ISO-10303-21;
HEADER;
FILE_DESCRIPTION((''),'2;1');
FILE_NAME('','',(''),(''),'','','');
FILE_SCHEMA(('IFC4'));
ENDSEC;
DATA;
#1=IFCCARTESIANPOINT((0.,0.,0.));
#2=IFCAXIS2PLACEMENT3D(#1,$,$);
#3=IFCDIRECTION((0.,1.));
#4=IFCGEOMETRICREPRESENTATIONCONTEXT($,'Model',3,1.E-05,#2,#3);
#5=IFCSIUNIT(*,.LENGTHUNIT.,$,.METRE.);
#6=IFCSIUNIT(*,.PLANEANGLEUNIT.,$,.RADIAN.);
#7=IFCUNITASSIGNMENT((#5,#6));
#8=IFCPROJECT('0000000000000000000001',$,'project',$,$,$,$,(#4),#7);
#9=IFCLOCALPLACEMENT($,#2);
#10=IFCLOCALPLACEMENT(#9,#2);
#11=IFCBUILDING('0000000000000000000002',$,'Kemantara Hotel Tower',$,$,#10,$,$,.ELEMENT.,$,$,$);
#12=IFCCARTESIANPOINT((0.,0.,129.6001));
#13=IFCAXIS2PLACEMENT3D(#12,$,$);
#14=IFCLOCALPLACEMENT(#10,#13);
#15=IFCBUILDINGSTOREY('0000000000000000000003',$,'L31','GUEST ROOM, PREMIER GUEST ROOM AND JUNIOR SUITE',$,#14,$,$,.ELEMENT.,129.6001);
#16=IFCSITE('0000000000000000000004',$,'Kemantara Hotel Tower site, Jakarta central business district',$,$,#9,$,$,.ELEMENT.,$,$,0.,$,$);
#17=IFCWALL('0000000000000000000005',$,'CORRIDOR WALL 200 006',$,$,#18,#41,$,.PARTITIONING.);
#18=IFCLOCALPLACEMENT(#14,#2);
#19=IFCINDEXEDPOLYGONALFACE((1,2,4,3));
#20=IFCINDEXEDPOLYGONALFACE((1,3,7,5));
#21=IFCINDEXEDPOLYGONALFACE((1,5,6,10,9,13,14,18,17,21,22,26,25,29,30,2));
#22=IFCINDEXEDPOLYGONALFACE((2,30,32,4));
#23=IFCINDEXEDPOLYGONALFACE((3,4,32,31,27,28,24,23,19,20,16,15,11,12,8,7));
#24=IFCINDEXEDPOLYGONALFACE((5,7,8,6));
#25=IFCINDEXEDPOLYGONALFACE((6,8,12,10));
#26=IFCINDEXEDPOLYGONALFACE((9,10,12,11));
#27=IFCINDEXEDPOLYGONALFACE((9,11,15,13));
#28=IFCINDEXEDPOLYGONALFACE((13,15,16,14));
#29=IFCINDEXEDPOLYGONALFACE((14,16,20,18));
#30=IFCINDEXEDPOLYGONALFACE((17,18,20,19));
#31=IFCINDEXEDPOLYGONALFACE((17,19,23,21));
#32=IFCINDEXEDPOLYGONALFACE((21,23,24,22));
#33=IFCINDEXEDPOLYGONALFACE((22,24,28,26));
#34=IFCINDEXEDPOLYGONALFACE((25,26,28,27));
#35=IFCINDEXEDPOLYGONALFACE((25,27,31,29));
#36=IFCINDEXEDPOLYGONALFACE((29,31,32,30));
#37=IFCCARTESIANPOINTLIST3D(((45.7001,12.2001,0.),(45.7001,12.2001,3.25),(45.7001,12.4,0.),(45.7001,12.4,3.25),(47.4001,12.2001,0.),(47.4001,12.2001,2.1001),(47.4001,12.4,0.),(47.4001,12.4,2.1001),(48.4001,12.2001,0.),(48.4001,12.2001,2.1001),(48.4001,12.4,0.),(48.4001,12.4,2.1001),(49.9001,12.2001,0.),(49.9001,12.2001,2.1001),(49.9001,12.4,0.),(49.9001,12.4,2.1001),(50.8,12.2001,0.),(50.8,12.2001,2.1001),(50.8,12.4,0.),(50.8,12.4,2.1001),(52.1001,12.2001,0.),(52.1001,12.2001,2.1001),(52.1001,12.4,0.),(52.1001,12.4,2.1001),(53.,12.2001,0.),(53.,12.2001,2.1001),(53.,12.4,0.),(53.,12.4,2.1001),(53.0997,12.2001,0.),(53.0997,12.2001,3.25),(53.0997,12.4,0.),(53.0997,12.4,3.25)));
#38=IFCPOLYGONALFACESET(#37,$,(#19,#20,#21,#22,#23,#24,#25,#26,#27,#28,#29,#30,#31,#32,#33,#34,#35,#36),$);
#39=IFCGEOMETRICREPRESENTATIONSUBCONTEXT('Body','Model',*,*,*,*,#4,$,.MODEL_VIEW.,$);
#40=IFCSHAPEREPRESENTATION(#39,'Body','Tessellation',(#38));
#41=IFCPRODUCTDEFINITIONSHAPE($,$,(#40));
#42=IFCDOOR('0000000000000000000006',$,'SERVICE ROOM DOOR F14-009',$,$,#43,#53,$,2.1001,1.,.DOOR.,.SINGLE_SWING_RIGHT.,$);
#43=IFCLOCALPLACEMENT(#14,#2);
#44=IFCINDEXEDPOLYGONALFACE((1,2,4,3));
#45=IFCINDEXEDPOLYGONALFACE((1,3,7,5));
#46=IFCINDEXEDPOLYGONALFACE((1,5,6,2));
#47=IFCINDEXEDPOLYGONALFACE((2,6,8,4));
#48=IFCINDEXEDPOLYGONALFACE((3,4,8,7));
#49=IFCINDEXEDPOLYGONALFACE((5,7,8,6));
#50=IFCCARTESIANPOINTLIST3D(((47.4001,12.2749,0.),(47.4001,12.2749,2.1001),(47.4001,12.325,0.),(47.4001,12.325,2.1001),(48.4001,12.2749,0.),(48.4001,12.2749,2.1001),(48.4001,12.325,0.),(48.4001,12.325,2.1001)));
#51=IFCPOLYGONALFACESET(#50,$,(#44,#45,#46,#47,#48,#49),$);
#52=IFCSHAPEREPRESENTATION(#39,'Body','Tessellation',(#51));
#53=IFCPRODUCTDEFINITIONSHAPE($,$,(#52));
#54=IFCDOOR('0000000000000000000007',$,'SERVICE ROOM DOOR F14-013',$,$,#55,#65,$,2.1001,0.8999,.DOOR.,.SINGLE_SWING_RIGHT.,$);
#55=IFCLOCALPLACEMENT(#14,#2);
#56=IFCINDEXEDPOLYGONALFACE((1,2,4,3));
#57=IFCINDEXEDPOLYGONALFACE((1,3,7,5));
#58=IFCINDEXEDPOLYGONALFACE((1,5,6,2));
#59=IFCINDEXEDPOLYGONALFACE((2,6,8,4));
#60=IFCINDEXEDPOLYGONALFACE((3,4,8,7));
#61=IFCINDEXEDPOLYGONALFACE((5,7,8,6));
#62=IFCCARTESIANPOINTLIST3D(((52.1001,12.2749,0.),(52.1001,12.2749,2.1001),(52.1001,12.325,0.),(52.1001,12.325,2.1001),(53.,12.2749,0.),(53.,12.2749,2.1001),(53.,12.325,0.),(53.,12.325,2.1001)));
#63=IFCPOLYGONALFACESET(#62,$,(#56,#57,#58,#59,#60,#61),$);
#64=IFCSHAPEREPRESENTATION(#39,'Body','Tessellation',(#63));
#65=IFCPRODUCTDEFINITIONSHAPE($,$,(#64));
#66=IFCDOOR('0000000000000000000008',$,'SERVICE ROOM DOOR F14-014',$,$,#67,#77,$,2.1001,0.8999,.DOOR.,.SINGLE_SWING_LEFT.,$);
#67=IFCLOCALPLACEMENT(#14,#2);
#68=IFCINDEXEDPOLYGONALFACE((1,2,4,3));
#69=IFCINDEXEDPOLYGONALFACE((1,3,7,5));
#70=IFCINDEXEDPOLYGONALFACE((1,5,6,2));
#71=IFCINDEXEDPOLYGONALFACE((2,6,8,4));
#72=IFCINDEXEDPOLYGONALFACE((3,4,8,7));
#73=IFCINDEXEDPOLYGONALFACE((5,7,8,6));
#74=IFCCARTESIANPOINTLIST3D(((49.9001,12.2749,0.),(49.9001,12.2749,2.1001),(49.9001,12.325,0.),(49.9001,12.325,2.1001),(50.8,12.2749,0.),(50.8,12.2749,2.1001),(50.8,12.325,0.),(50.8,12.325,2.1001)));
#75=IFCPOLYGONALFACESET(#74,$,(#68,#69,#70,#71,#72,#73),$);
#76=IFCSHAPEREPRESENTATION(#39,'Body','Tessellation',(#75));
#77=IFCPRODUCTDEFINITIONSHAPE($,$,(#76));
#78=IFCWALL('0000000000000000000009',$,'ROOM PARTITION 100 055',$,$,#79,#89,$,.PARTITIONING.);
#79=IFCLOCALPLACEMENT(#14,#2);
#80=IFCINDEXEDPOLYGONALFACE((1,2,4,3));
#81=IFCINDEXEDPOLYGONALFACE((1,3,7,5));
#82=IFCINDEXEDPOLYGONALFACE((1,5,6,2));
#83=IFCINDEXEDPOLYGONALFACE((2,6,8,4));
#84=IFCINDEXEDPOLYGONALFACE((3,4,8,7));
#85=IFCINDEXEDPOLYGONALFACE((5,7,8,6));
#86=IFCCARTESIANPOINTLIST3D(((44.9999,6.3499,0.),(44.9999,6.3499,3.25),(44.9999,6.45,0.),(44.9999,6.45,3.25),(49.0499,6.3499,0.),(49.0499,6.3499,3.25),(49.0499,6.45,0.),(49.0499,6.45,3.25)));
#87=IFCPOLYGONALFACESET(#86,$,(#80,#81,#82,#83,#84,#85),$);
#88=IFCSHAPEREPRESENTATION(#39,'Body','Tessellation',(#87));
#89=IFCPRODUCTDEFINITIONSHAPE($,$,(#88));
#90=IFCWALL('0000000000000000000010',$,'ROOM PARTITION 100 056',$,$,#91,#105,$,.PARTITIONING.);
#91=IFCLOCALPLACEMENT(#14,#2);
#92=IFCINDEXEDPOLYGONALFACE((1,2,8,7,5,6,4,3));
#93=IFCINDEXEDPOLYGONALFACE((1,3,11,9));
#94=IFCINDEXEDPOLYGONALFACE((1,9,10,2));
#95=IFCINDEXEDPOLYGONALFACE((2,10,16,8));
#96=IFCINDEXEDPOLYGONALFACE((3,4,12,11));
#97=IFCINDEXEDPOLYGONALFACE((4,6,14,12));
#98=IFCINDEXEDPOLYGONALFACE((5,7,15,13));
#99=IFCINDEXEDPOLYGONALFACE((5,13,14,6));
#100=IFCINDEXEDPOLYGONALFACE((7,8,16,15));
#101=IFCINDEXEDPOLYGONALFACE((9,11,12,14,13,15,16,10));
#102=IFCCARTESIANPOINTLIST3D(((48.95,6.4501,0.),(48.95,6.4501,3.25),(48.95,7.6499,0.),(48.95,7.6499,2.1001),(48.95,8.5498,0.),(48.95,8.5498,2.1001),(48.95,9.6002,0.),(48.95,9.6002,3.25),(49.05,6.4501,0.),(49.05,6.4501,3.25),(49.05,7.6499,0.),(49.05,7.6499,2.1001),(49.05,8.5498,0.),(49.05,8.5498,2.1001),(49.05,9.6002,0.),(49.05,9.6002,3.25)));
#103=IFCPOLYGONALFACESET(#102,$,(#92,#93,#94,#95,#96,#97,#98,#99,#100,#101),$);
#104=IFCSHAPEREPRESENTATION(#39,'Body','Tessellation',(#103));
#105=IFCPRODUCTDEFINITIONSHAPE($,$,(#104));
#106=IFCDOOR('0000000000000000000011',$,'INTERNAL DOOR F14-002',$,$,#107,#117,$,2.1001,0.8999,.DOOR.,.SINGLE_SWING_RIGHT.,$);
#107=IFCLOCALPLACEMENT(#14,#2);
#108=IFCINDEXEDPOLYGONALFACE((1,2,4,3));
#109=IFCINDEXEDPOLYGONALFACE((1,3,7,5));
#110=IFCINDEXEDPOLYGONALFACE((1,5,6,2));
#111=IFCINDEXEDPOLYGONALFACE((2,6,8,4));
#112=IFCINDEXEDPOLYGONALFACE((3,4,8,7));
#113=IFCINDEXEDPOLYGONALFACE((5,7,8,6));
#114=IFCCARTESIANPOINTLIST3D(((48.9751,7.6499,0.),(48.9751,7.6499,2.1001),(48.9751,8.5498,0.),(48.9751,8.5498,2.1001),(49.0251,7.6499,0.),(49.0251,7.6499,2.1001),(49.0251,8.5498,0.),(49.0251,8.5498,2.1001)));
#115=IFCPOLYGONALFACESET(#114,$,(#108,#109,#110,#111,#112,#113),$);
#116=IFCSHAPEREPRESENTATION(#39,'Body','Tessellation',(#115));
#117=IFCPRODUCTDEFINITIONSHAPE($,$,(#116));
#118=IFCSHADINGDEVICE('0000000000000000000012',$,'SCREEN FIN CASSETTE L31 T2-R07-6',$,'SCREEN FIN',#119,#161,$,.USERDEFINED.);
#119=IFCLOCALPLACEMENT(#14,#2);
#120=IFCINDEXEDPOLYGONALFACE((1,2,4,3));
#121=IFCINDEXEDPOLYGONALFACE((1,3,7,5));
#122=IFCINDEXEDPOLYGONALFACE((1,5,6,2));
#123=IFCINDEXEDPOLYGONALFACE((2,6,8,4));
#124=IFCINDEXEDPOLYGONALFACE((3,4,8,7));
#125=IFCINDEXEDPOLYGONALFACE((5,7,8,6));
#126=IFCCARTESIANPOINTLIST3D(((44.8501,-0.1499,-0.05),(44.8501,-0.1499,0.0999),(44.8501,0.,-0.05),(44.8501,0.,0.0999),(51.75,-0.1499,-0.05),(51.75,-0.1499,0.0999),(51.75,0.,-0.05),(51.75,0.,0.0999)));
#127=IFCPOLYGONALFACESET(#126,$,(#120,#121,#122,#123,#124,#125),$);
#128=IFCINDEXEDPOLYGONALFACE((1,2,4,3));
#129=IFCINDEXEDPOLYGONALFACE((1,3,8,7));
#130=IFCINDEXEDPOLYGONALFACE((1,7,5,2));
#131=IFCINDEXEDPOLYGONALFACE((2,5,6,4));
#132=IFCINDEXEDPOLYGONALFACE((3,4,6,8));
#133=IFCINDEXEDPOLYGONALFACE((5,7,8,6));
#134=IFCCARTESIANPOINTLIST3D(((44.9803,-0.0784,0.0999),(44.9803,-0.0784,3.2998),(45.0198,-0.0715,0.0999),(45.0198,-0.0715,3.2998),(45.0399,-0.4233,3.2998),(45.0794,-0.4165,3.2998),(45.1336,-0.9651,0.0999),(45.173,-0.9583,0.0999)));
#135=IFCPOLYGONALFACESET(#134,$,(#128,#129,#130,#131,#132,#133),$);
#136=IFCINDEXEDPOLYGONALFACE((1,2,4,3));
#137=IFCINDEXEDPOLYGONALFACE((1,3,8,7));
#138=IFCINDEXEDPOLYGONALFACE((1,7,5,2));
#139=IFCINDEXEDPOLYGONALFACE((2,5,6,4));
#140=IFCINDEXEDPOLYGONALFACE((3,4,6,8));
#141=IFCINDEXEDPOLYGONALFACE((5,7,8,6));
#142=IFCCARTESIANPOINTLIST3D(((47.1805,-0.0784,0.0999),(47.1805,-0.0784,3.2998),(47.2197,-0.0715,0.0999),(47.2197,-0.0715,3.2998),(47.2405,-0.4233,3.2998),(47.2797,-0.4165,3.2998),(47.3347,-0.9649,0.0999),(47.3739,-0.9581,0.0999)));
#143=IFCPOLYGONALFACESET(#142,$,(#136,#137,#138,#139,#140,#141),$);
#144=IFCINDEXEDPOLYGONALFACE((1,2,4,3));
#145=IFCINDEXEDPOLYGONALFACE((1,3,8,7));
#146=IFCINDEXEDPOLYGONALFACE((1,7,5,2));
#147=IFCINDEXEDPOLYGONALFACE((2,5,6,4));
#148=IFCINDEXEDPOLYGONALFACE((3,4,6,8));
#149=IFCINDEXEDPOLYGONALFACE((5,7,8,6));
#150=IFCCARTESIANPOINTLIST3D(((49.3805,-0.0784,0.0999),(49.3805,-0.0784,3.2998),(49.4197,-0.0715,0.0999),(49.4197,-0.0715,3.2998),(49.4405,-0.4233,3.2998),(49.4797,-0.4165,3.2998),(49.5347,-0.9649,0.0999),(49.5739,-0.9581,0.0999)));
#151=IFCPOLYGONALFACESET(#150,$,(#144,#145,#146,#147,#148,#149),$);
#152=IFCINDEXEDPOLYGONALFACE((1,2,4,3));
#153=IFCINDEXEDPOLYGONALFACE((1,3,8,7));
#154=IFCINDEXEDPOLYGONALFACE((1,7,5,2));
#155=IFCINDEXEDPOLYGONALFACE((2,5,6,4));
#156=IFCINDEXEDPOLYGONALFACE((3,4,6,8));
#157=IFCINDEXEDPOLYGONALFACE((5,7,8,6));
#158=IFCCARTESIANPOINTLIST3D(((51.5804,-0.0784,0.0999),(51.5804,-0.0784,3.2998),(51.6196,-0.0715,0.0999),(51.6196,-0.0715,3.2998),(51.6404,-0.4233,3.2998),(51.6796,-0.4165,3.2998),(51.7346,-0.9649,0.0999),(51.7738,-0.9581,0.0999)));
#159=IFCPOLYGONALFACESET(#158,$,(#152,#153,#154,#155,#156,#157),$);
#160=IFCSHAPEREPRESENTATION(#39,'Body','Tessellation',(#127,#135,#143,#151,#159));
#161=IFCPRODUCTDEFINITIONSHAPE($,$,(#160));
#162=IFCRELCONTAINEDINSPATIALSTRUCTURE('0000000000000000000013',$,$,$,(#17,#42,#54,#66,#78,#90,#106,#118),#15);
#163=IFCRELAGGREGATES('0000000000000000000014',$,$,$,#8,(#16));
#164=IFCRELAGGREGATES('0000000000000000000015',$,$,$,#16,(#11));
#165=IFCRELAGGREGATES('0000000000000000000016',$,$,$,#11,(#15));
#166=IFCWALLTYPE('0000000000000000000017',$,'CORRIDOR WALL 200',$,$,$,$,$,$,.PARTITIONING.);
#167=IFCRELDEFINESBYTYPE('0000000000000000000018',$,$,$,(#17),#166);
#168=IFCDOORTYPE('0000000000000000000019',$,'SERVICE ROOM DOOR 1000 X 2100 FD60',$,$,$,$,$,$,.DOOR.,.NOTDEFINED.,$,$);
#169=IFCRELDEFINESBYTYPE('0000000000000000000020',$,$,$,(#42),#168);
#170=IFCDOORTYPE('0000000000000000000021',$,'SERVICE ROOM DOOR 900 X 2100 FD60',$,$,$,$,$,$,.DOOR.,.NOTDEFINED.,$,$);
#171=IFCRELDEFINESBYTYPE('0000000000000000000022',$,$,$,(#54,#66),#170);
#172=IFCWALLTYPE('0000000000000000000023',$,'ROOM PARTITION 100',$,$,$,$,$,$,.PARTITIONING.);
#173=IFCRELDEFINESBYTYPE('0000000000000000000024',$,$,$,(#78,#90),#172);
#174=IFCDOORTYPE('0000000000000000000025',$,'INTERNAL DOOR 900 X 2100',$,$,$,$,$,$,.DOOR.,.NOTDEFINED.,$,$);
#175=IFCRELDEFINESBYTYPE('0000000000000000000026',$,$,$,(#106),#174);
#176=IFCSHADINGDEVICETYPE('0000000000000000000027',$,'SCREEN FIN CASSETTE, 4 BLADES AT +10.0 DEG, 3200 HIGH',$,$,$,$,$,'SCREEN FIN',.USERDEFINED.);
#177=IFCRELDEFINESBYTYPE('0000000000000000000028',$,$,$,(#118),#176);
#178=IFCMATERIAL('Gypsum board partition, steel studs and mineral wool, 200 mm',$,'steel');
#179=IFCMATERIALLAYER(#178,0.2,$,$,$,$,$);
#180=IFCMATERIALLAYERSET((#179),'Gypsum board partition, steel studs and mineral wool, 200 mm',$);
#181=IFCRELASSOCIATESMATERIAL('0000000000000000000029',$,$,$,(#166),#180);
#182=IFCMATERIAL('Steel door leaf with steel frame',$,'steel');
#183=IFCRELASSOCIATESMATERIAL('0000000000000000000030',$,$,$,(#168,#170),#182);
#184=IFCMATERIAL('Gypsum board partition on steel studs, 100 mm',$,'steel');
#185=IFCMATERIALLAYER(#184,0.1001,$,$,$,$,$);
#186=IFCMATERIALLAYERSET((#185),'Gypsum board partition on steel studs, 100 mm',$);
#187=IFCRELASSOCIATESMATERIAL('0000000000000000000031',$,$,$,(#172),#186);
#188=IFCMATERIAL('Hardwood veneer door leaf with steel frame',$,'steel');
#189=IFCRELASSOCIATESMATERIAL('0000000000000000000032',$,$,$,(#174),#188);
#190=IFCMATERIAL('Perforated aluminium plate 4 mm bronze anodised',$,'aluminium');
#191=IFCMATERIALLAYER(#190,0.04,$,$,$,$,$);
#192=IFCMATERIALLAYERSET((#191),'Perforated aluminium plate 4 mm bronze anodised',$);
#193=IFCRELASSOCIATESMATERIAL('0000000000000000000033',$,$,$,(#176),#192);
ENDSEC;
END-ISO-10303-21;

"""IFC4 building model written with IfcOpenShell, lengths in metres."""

from ifc_helpers import new_model, si_unit, direction, frame, frame_2d, origin, origin_2d, place, context, subcontext, project, spatial, polyline, rectangle, outline, extrude, source, transform, mapped, material, layer, layer_set, type_object, element, fill, save


model = new_model("IFC4")

# Units and contexts
model_context = context("Model", 3, precision=1e-05, world=origin(), true_north=direction((0.0, 1.0)))
body_context = subcontext(model_context, "Body", "Model", "MODEL_VIEW")
ifc_project = project(units=[si_unit("LENGTHUNIT", "METRE"), si_unit("PLANEANGLEUNIT", "RADIAN")], contexts=[model_context])

# Site, building, storey
site_placement = place(None, origin())
site = spatial("IfcSite", under=ifc_project, at=site_placement, Name="Kemantara Hotel Tower site, Jakarta central business district", CompositionType="ELEMENT", RefElevation=0.0)
building_placement = place(site_placement, origin())
building = spatial("IfcBuilding", under=site, at=building_placement, Name="Kemantara Hotel Tower", CompositionType="ELEMENT")
storey_placement = place(building_placement, frame((0.0, 0.0, 129.6001)))
storey = spatial("IfcBuildingStorey", under=building, at=storey_placement, Name="L31", Description="GUEST ROOM, PREMIER GUEST ROOM AND JUNIOR SUITE", CompositionType="ELEMENT", Elevation=129.6001)

# Shared definitions
ifc_material_1 = material(Name="Gypsum board partition, steel studs and mineral wool, 200 mm", Category="steel")
ifc_layer_1 = layer(ifc_material_1, 0.2)
ifc_layer_set_1 = layer_set([ifc_layer_1], Name="Gypsum board partition, steel studs and mineral wool, 200 mm")
wall_type_1 = type_object("IfcWallType", Name="CORRIDOR WALL 200", PredefinedType="PARTITIONING", material=ifc_layer_set_1)

# Wall, openings, doors
wall_1_placement = place(storey_placement, frame((45.7002, 12.3, 0.0), z_axis=(0.0, 0.0, 1.0), x_axis=(1.0, 0.0, 0.0)))
wall_1 = element("IfcWall", 1, at=wall_1_placement, inside=storey, type_object=wall_type_1, Name="CORRIDOR WALL 200 006", PredefinedType="PARTITIONING", context=body_context, shape_type="SweptSolid", body=[
    extrude(rectangle(XDim=7.3997, YDim=0.2, at=frame_2d((3.6997, 0.0))), origin(), (0.0, 0.0, 1.0), 3.25),
])
opening_1_placement = place(wall_1_placement, frame((1.7, 0.0, 0.0)))
opening_1 = element("IfcOpeningElement", 2, at=opening_1_placement, cuts=wall_1, PredefinedType="OPENING", context=body_context, shape_type="SweptSolid", body=[
    extrude(rectangle(XDim=1.0, YDim=2.1001, at=frame_2d((0.5, 1.05))), frame((0.0, 0.1099, 0.0), z_axis=(0.0, -1.0, 0.0), x_axis=(1.0, 0.0, 0.0)), (0.0, 0.0, 1.0), 0.22),
])
opening_2_placement = place(wall_1_placement, frame((6.3999, 0.0, 0.0)))
opening_2 = element("IfcOpeningElement", 3, at=opening_2_placement, cuts=wall_1, PredefinedType="OPENING", context=body_context, shape_type="SweptSolid", body=[
    extrude(rectangle(XDim=0.8999, YDim=2.1001, at=frame_2d((0.45, 1.05))), frame((0.0, 0.1099, 0.0), z_axis=(0.0, -1.0, 0.0), x_axis=(1.0, 0.0, 0.0)), (0.0, 0.0, 1.0), 0.22),
])
opening_3_placement = place(wall_1_placement, frame((4.2, 0.0, 0.0)))
opening_3 = element("IfcOpeningElement", 4, at=opening_3_placement, cuts=wall_1, PredefinedType="OPENING", context=body_context, shape_type="SweptSolid", body=[
    extrude(rectangle(XDim=0.8999, YDim=2.1001, at=frame_2d((0.45, 1.05))), frame((0.0, 0.1099, 0.0), z_axis=(0.0, -1.0, 0.0), x_axis=(1.0, 0.0, 0.0)), (0.0, 0.0, 1.0), 0.22),
])
ifc_material_2 = material(Name="Steel door leaf with steel frame", Category="steel")
door_type_1 = type_object("IfcDoorType", Name="SERVICE ROOM DOOR 1000 X 2100 FD60", OperationType="NOTDEFINED", PredefinedType="DOOR", material=ifc_material_2)
door_1_placement = place(opening_1_placement, origin())
door_1 = element("IfcDoor", 5, at=door_1_placement, inside=storey, type_object=door_type_1, Name="SERVICE ROOM DOOR F14-009", OperationType="SINGLE_SWING_RIGHT", OverallHeight=2.1001, OverallWidth=1.0, PredefinedType="DOOR", context=body_context, shape_type="SweptSolid", body=[
    extrude(rectangle(XDim=1.0, YDim=2.1001, at=frame_2d((0.5, 1.05))), frame((0.0, 0.0249, 0.0), z_axis=(0.0, -1.0, 0.0), x_axis=(1.0, 0.0, 0.0)), (0.0, 0.0, 1.0), 0.05),
])
fill(opening_1, door_1)
door_type_2 = type_object("IfcDoorType", Name="SERVICE ROOM DOOR 900 X 2100 FD60", OperationType="NOTDEFINED", PredefinedType="DOOR", material=ifc_material_2)
door_2_placement = place(opening_2_placement, origin())
door_2 = element("IfcDoor", 6, at=door_2_placement, inside=storey, type_object=door_type_2, Name="SERVICE ROOM DOOR F14-013", OperationType="SINGLE_SWING_RIGHT", OverallHeight=2.1001, OverallWidth=0.8999, PredefinedType="DOOR", context=body_context, shape_type="SweptSolid", body=[
    extrude(rectangle(XDim=0.8999, YDim=2.1001, at=frame_2d((0.45, 1.05))), frame((0.0, 0.0249, 0.0), z_axis=(0.0, -1.0, 0.0), x_axis=(1.0, 0.0, 0.0)), (0.0, 0.0, 1.0), 0.05),
])
fill(opening_2, door_2)
door_3_placement = place(opening_3_placement, origin())
door_3 = element("IfcDoor", 7, at=door_3_placement, inside=storey, type_object=door_type_2, Name="SERVICE ROOM DOOR F14-014", OperationType="SINGLE_SWING_LEFT", OverallHeight=2.1001, OverallWidth=0.8999, PredefinedType="DOOR", context=body_context, shape_type="SweptSolid", body=[
    extrude(rectangle(XDim=0.8999, YDim=2.1001, at=frame_2d((0.45, 1.05))), frame((0.0, 0.0249, 0.0), z_axis=(0.0, -1.0, 0.0), x_axis=(1.0, 0.0, 0.0)), (0.0, 0.0, 1.0), 0.05),
])
fill(opening_3, door_3)

# Wall
ifc_material_3 = material(Name="Gypsum board partition on steel studs, 100 mm", Category="steel")
ifc_layer_2 = layer(ifc_material_3, 0.1001)
ifc_layer_set_2 = layer_set([ifc_layer_2], Name="Gypsum board partition on steel studs, 100 mm")
wall_type_2 = type_object("IfcWallType", Name="ROOM PARTITION 100", PredefinedType="PARTITIONING", material=ifc_layer_set_2)
wall_2_placement = place(storey_placement, frame((45.0, 6.3999, 0.0), z_axis=(0.0, 0.0, 1.0), x_axis=(1.0, 0.0, 0.0)))
element("IfcWall", 8, at=wall_2_placement, inside=storey, type_object=wall_type_2, Name="ROOM PARTITION 100 055", PredefinedType="PARTITIONING", context=body_context, shape_type="SweptSolid", body=[
    extrude(rectangle(XDim=4.05, YDim=0.1001, at=frame_2d((2.0249, 0.0))), origin(), (0.0, 0.0, 1.0), 3.25),
])

# Wall, opening, door
wall_3_placement = place(storey_placement, frame((49.0, 6.45, 0.0), z_axis=(0.0, 0.0, 1.0), x_axis=(0.0, 1.0, 0.0)))
wall_3 = element("IfcWall", 9, at=wall_3_placement, inside=storey, type_object=wall_type_2, Name="ROOM PARTITION 100 056", PredefinedType="PARTITIONING", context=body_context, shape_type="SweptSolid", body=[
    extrude(rectangle(XDim=3.1501, YDim=0.1001, at=frame_2d((1.5752, 0.0))), origin(), (0.0, 0.0, 1.0), 3.25),
])
opening_4_placement = place(wall_3_placement, frame((1.2, 0.0, 0.0)))
opening_4 = element("IfcOpeningElement", 10, at=opening_4_placement, cuts=wall_3, PredefinedType="OPENING", context=body_context, shape_type="SweptSolid", body=[
    extrude(rectangle(XDim=0.8999, YDim=2.1001, at=frame_2d((0.45, 1.05))), frame((0.0, 0.0601, 0.0), z_axis=(0.0, -1.0, 0.0), x_axis=(1.0, 0.0, 0.0)), (0.0, 0.0, 1.0), 0.1201),
])
ifc_material_4 = material(Name="Hardwood veneer door leaf with steel frame", Category="steel")
door_type_3 = type_object("IfcDoorType", Name="INTERNAL DOOR 900 X 2100", OperationType="NOTDEFINED", PredefinedType="DOOR", material=ifc_material_4)
door_4_placement = place(opening_4_placement, origin())
door_4 = element("IfcDoor", 11, at=door_4_placement, inside=storey, type_object=door_type_3, Name="INTERNAL DOOR F14-002", OperationType="SINGLE_SWING_RIGHT", OverallHeight=2.1001, OverallWidth=0.8999, PredefinedType="DOOR", context=body_context, shape_type="SweptSolid", body=[
    extrude(rectangle(XDim=0.8999, YDim=2.1001, at=frame_2d((0.45, 1.05))), frame((0.0, 0.0249, 0.0), z_axis=(0.0, -1.0, 0.0), x_axis=(1.0, 0.0, 0.0)), (0.0, 0.0, 1.0), 0.05),
])
fill(opening_4, door_4)

# Shading device
ifc_material_5 = material(Name="Perforated aluminium plate 4 mm bronze anodised", Category="aluminium")
ifc_layer_3 = layer(ifc_material_5, 0.04)
ifc_layer_set_3 = layer_set([ifc_layer_3], Name="Perforated aluminium plate 4 mm bronze anodised")
shading_device_type_1 = type_object("IfcShadingDeviceType", Name="SCREEN FIN CASSETTE, 4 BLADES AT +10.0 DEG, 3200 HIGH", ElementType="SCREEN FIN", PredefinedType="USERDEFINED", material=ifc_layer_set_3)
shared_shape_1 = source(origin(), body_context, "Body", "SweptSolid", [
    extrude(rectangle(XDim=6.8999, YDim=0.1499, at=origin_2d()), frame((3.3, -0.075, -0.1499), z_axis=(0.0, 0.0, 1.0), x_axis=(1.0, 0.0, 0.0)), (0.0, 0.0, 1.0), 0.1499),
    extrude(outline(polyline([(0.0, 0.0), (0.8999, 0.0), (0.3501, 3.2), (0.0, 3.2), (0.0, 0.0)])), frame((0.0198, -0.0715, 0.0), z_axis=(-0.98539, -0.170314, 0.0), x_axis=(0.170314, -0.98539, 0.0)), (0.0, 0.0, 1.0), 0.04),
    extrude(outline(polyline([(0.0, 0.0), (0.8999, 0.0), (0.3501, 3.2), (0.0, 3.2), (0.0, 0.0)])), frame((2.2197, -0.0715, 0.0), z_axis=(-0.985212, -0.171341, 0.0), x_axis=(0.171341, -0.985212, 0.0)), (0.0, 0.0, 1.0), 0.0398),
    extrude(outline(polyline([(0.0, 0.0), (0.8999, 0.0), (0.3501, 3.2), (0.0, 3.2), (0.0, 0.0)])), frame((4.4197, -0.0715, 0.0), z_axis=(-0.985212, -0.171341, 0.0), x_axis=(0.171341, -0.985212, 0.0)), (0.0, 0.0, 1.0), 0.0398),
    extrude(outline(polyline([(0.0, 0.0), (0.8999, 0.0), (0.3501, 3.2), (0.0, 3.2), (0.0, 0.0)])), frame((6.6196, -0.0715, 0.0), z_axis=(-0.985212, -0.171341, 0.0), x_axis=(0.171341, -0.985212, 0.0)), (0.0, 0.0, 1.0), 0.0398),
])
shading_device_1_placement = place(storey_placement, frame((45.0, 0.0, 0.0999), z_axis=(0.0, 0.0, 1.0), x_axis=(1.0, 0.0, 0.0)))
element("IfcShadingDevice", 12, at=shading_device_1_placement, inside=storey, type_object=shading_device_type_1, Name="SCREEN FIN CASSETTE L31 T2-R07-6", ObjectType="SCREEN FIN", PredefinedType="USERDEFINED", context=body_context, shape_type="MappedRepresentation", body=[
    mapped(shared_shape_1, transform((0.0, 0.0, 0.0))),
])

save(model, "model.ifc")
